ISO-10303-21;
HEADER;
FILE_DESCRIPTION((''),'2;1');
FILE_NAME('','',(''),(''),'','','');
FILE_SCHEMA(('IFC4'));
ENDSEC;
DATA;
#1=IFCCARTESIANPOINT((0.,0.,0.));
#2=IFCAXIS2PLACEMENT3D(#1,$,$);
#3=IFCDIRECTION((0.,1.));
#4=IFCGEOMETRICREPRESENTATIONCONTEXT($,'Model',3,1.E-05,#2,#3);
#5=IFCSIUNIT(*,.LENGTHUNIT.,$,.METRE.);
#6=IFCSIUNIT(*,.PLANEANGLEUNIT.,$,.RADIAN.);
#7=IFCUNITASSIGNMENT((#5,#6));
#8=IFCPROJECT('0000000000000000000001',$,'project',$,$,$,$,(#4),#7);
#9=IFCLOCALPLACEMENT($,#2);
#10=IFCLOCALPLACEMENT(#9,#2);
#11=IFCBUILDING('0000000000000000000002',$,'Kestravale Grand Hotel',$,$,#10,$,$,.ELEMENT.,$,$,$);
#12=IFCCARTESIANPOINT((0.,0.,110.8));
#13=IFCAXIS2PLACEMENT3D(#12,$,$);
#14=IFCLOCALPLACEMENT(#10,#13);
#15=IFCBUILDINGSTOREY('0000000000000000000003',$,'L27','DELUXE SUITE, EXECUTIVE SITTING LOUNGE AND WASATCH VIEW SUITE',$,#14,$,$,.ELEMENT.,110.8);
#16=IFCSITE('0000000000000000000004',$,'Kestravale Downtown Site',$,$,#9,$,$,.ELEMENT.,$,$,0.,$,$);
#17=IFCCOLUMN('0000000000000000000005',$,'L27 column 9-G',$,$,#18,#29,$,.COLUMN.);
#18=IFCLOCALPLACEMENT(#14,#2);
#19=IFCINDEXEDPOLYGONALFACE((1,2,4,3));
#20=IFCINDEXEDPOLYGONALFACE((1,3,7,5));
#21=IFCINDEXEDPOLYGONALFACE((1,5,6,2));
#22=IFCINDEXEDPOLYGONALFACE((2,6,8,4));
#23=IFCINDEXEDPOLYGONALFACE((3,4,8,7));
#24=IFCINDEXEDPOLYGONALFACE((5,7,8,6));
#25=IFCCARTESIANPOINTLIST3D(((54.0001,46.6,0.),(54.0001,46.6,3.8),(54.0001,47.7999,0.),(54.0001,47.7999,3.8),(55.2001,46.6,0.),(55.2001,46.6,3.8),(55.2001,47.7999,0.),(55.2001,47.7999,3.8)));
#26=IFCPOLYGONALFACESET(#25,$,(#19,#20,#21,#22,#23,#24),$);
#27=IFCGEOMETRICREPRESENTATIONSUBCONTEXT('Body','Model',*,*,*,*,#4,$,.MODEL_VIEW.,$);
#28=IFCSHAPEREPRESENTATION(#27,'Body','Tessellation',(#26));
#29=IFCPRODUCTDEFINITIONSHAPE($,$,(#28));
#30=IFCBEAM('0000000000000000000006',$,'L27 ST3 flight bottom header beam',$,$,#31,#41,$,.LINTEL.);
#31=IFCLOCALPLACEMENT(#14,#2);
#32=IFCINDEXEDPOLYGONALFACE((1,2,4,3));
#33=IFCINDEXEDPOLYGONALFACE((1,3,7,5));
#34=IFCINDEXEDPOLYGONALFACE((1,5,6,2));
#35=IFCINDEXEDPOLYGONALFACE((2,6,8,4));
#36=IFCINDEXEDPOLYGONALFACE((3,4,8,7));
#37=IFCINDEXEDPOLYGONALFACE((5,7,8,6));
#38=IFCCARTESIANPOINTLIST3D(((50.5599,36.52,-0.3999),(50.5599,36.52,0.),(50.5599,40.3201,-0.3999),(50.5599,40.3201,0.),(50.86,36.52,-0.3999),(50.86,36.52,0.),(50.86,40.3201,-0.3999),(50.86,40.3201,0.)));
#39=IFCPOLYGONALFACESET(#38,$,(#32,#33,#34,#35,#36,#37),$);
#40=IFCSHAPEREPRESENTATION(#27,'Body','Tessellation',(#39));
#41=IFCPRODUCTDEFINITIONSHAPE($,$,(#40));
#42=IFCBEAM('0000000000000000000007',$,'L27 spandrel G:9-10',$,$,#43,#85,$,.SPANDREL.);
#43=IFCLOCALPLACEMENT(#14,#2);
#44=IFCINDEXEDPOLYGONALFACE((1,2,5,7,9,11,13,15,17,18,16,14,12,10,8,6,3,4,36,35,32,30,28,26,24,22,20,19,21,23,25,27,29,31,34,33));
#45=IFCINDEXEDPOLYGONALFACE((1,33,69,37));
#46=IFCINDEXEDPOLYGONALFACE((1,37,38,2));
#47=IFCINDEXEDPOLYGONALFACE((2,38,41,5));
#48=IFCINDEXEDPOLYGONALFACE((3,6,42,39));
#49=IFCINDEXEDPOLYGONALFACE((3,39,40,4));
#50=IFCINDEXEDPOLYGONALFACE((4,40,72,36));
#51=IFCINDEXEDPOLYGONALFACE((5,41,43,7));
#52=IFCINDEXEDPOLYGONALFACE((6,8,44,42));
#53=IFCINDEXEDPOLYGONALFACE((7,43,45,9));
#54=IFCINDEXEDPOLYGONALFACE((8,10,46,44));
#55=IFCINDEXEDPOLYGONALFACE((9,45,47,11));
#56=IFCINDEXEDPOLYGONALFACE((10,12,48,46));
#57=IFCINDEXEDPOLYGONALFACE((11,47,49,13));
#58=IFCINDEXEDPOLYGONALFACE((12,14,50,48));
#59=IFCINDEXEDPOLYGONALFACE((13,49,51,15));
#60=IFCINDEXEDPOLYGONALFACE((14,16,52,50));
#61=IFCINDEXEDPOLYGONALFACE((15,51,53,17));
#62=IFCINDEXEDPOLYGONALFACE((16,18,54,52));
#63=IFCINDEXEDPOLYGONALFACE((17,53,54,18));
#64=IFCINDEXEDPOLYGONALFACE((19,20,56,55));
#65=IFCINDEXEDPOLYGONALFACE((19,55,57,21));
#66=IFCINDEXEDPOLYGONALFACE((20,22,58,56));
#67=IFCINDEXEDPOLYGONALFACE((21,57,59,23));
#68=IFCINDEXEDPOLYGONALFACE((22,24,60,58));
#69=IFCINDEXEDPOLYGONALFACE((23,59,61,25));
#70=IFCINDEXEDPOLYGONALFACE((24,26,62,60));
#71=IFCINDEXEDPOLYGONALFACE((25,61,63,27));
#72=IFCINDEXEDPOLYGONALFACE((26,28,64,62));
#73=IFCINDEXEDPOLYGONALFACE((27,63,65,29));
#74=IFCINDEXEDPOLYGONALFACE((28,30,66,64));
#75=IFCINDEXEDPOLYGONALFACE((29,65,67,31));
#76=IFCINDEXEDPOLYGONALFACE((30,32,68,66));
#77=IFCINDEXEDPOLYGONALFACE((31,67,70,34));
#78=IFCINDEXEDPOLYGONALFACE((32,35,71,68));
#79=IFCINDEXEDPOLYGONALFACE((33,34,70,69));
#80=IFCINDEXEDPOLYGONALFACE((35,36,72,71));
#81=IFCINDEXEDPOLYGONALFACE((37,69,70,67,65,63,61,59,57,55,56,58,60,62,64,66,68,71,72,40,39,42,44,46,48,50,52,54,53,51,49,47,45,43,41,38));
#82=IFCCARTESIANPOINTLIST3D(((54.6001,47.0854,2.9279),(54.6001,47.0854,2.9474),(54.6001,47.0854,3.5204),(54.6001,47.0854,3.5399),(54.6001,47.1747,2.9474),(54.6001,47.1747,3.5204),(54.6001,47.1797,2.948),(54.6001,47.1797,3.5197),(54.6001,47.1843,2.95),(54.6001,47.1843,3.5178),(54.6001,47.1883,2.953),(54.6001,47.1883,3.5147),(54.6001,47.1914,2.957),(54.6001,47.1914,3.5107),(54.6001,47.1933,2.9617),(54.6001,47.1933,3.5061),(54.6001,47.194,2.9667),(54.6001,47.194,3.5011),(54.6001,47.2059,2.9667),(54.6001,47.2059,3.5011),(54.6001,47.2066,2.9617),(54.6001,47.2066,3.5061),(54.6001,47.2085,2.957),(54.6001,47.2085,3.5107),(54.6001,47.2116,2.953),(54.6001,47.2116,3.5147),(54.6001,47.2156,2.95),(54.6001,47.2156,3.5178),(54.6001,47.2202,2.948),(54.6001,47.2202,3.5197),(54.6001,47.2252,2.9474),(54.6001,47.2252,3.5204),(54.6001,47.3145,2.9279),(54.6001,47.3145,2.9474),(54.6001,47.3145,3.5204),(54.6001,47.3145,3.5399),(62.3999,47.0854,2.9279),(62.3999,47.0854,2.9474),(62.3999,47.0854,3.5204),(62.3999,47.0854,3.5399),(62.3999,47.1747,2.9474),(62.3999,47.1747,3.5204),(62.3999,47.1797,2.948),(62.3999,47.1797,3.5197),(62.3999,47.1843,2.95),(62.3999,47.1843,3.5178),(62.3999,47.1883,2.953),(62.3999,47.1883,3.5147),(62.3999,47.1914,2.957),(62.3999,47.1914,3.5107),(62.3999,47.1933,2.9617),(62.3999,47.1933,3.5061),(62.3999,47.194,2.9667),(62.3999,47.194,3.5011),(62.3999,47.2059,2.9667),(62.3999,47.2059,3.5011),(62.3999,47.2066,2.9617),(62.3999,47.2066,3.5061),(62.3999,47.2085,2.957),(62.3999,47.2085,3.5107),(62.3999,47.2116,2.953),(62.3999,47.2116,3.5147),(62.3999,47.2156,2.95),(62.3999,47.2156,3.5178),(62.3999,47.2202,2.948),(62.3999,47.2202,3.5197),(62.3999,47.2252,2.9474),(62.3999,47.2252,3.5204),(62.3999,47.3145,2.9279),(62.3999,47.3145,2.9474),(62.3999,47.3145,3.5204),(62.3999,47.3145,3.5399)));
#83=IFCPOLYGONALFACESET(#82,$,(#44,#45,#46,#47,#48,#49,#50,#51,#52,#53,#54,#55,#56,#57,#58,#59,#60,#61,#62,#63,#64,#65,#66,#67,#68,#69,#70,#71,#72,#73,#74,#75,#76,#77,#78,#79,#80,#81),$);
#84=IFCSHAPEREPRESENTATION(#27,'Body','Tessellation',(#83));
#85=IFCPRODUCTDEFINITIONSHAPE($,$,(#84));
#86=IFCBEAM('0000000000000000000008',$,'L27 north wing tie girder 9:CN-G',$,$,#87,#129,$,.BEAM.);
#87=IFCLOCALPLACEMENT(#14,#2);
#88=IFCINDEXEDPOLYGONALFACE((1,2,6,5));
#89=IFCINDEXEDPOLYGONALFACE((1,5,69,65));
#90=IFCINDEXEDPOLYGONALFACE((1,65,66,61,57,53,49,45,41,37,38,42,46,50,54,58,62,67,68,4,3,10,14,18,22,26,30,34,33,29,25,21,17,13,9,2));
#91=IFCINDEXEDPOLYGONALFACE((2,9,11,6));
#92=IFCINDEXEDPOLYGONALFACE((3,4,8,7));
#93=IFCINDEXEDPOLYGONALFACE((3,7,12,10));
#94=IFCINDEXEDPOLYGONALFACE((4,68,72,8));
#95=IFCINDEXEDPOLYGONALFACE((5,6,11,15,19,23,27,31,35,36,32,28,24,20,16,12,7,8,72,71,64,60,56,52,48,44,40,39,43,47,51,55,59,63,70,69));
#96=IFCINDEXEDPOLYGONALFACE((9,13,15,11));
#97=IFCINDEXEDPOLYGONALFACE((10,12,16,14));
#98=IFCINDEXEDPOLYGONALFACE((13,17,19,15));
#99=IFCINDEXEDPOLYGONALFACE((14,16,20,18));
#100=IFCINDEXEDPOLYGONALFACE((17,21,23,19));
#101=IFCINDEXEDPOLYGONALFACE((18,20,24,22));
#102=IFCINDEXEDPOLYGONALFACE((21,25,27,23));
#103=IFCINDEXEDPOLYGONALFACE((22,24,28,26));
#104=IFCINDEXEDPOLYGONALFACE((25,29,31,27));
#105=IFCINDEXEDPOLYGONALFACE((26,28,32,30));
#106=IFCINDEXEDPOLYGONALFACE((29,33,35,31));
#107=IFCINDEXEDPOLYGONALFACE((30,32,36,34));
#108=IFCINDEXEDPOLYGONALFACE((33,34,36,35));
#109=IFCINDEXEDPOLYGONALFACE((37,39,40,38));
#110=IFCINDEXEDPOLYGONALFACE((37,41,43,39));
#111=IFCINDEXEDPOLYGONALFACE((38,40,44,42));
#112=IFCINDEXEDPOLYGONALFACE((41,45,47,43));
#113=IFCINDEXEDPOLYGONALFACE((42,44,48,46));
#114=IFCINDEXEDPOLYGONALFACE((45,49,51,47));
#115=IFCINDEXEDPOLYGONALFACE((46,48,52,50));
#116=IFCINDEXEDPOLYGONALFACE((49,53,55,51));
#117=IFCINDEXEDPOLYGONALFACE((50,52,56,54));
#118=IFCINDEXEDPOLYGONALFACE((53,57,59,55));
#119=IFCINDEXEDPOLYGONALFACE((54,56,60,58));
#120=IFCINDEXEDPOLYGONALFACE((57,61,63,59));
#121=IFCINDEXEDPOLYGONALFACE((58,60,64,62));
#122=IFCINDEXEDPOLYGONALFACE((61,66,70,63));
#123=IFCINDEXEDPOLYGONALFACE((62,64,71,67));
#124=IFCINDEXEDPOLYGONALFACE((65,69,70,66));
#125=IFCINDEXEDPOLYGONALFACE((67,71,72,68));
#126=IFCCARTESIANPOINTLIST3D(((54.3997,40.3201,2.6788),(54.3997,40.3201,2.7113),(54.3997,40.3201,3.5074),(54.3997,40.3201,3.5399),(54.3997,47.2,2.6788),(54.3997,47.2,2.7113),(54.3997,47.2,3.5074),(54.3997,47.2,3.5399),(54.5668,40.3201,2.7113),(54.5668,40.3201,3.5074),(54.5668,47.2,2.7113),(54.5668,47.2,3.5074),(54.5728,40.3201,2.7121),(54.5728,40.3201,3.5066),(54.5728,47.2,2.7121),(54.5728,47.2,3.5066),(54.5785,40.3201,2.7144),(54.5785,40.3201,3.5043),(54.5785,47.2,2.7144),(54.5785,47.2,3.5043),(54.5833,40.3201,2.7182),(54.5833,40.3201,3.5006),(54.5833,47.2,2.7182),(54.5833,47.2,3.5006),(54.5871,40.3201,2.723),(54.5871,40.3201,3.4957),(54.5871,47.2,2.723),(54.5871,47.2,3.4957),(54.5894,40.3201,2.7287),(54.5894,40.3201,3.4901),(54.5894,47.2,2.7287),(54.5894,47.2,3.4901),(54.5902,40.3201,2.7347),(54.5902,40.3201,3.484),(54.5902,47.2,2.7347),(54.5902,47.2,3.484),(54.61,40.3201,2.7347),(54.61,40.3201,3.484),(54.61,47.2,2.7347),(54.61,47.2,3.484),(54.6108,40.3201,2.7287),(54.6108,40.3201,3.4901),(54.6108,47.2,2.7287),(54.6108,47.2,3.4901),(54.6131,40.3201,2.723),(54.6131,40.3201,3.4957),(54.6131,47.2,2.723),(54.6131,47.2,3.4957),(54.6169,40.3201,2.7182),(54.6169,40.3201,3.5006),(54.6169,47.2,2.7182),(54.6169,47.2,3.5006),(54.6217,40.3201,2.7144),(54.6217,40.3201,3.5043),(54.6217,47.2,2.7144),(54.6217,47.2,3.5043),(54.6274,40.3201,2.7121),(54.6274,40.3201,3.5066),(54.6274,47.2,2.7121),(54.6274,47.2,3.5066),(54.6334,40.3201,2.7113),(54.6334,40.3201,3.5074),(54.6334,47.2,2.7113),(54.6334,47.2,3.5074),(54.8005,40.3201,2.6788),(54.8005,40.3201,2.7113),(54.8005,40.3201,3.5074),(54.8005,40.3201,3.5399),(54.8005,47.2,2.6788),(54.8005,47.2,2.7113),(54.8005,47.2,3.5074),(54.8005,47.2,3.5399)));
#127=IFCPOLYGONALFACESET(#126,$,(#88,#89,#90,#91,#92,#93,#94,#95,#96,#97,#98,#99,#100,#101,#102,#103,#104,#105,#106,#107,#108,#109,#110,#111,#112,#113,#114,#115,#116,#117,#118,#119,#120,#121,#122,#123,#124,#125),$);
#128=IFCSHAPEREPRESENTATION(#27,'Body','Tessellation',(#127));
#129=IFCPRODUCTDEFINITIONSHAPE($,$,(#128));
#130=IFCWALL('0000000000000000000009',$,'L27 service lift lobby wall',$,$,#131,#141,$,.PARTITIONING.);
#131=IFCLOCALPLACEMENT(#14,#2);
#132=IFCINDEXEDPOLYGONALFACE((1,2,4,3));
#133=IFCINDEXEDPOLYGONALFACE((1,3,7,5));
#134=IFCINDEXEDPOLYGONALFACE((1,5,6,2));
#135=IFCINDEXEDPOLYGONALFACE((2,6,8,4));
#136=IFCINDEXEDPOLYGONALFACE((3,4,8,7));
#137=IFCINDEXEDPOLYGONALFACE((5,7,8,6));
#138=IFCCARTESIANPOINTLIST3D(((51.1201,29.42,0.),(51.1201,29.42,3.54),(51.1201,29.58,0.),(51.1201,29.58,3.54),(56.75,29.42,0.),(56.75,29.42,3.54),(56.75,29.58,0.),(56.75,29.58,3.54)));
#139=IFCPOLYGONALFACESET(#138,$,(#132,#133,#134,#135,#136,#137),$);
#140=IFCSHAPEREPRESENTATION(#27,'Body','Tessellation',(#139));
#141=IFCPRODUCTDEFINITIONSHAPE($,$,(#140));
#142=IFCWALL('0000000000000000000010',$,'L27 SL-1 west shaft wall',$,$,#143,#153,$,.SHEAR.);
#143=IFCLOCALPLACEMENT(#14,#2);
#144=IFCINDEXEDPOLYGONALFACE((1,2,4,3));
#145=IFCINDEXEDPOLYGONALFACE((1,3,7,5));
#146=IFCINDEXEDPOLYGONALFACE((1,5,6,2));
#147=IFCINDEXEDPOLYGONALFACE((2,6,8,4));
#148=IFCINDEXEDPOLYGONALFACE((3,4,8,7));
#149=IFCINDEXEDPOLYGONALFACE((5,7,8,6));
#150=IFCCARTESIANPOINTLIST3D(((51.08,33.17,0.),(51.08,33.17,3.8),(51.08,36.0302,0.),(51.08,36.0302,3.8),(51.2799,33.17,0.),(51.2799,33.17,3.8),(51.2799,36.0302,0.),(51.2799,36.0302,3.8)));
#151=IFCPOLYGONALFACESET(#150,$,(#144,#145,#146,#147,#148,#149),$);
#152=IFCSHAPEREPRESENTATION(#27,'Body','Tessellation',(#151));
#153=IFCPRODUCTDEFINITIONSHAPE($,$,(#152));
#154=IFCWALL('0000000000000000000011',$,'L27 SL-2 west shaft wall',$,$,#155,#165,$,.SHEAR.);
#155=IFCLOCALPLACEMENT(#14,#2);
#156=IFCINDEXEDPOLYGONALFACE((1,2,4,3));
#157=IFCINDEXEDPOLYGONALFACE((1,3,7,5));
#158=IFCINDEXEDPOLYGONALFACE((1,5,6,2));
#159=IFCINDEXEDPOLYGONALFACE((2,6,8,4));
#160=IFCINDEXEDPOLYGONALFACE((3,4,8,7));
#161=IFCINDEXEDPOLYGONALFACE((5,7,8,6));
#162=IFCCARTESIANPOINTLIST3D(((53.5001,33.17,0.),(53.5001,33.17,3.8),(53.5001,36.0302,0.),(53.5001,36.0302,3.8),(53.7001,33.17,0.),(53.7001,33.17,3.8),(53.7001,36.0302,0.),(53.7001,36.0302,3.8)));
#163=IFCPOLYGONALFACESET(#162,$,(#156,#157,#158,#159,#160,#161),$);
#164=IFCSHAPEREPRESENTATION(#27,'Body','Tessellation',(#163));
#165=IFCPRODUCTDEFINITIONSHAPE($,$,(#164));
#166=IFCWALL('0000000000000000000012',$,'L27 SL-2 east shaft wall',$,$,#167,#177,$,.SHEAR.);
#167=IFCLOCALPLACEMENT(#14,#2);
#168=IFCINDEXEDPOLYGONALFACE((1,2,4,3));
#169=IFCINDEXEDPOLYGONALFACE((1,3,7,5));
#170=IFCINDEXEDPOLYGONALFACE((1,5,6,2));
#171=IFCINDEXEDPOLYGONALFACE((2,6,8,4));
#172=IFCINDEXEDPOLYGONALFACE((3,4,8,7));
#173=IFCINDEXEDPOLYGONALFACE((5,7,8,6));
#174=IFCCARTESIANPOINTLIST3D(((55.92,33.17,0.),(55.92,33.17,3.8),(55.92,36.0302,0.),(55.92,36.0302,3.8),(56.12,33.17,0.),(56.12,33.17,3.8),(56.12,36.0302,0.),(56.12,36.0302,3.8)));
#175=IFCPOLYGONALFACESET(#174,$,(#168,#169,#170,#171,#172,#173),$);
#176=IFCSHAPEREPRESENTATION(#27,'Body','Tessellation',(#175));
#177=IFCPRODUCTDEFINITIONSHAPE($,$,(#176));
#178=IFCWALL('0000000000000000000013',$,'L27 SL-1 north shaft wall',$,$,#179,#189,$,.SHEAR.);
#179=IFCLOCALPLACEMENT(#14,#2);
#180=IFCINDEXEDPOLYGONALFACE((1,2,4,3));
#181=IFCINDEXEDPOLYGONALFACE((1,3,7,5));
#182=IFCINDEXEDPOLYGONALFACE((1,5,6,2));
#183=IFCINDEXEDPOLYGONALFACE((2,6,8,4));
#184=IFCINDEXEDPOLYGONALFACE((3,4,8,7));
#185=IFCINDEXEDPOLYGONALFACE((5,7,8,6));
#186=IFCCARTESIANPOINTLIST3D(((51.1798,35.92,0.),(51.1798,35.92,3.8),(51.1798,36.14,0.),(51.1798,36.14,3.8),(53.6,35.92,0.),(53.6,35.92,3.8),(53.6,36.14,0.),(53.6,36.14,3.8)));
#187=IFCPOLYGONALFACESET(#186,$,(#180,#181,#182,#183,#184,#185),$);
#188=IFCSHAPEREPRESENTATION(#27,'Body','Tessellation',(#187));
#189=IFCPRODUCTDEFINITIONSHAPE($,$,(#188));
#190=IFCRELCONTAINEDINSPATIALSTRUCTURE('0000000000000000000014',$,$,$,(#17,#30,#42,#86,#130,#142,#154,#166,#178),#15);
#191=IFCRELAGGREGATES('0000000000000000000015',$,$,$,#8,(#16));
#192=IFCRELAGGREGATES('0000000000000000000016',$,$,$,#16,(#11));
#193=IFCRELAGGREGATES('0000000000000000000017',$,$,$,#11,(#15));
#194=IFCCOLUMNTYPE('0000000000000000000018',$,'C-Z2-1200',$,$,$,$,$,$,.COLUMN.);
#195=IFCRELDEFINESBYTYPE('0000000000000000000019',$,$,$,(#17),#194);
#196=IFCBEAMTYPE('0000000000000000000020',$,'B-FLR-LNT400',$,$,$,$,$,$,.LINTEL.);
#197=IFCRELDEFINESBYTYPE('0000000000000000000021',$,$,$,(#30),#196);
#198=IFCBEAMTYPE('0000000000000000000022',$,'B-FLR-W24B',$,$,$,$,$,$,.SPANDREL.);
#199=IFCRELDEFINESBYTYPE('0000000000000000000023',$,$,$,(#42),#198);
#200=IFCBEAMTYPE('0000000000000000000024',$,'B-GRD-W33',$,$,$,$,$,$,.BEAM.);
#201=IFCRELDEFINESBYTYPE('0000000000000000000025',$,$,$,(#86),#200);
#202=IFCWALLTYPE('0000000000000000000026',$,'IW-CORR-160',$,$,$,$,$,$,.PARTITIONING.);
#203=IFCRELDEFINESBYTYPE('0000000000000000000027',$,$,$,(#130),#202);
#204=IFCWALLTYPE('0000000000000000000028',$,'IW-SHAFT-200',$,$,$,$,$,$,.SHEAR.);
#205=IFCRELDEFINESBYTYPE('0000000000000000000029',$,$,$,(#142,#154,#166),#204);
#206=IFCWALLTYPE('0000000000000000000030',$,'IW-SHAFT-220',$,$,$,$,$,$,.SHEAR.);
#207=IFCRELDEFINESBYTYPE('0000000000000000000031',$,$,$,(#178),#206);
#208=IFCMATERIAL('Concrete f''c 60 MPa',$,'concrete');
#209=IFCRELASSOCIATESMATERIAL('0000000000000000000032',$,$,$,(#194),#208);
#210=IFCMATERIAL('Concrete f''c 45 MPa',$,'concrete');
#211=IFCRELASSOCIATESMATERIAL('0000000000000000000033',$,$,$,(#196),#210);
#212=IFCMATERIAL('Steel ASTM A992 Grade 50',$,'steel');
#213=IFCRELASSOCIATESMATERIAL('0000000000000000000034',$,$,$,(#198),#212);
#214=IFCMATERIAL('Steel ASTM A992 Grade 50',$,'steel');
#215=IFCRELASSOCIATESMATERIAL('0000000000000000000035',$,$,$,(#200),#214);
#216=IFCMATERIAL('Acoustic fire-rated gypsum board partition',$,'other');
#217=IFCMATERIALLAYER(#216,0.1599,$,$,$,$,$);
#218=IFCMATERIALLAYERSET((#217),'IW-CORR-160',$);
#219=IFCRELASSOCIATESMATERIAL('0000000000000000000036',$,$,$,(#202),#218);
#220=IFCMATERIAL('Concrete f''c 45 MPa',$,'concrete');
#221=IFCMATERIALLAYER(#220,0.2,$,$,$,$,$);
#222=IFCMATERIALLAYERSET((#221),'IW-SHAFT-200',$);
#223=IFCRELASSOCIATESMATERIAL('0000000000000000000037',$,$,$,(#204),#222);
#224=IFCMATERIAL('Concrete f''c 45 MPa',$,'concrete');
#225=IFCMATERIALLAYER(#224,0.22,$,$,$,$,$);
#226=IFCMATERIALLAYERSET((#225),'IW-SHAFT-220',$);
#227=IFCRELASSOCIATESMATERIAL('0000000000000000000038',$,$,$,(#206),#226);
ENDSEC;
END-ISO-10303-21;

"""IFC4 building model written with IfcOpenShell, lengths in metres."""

from ifc_helpers import new_model, si_unit, direction, frame, frame_2d, origin, origin_2d, place, context, subcontext, project, spatial, rectangle, i_section, extrude, material, layer, layer_set, material_profile, profile_set, type_object, element, save


model = new_model("IFC4")

# Units and contexts
model_context = context("Model", 3, precision=1e-05, world=origin(), true_north=direction((0.0, 1.0)))
body_context = subcontext(model_context, "Body", "Model", "MODEL_VIEW")
ifc_project = project(units=[si_unit("LENGTHUNIT", "METRE"), si_unit("PLANEANGLEUNIT", "RADIAN")], contexts=[model_context])

# Site, building, storey
site_placement = place(None, origin())
site = spatial("IfcSite", under=ifc_project, at=site_placement, Name="Kestravale Downtown Site", CompositionType="ELEMENT", RefElevation=0.0)
building_placement = place(site_placement, origin())
building = spatial("IfcBuilding", under=site, at=building_placement, Name="Kestravale Grand Hotel", CompositionType="ELEMENT")
storey_placement = place(building_placement, frame((0.0, 0.0, 110.8)))
storey = spatial("IfcBuildingStorey", under=building, at=storey_placement, Name="L27", Description="DELUXE SUITE, EXECUTIVE SITTING LOUNGE AND WASATCH VIEW SUITE", CompositionType="ELEMENT", Elevation=110.8)

# Column
ifc_material_1 = material(Name="Concrete f'c 60 MPa", Category="concrete")
ifc_material_profile_1 = material_profile(ifc_material_1, rectangle(XDim=1.2, YDim=1.2, at=origin_2d()))
ifc_profile_set_1 = profile_set([ifc_material_profile_1], Name="Concrete f'c 60 MPa")
column_type = type_object("IfcColumnType", Name="C-Z2-1200", PredefinedType="COLUMN", material=ifc_profile_set_1)
column_placement = place(storey_placement, frame((54.6001, 47.2, 0.0), z_axis=(0.0, 0.0, 1.0), x_axis=(1.0, 0.0, 0.0)))
element("IfcColumn", 1, at=column_placement, inside=storey, type_object=column_type, Name="L27 column 9-G", PredefinedType="COLUMN", context=body_context, shape_type="SweptSolid", body=[
    extrude(rectangle(XDim=1.2, YDim=1.2, at=origin_2d()), origin(), (0.0, 0.0, 1.0), 3.8),
])

# Beams
ifc_material_2 = material(Name="Concrete f'c 45 MPa", Category="concrete")
ifc_material_profile_2 = material_profile(ifc_material_2, rectangle(XDim=0.3, YDim=0.3999, at=origin_2d()))
ifc_profile_set_2 = profile_set([ifc_material_profile_2], Name="Concrete f'c 45 MPa")
beam_type_1 = type_object("IfcBeamType", Name="B-FLR-LNT400", PredefinedType="LINTEL", material=ifc_profile_set_2)
beam_1_placement = place(storey_placement, frame((50.71, 36.52, -0.2), z_axis=(0.0, 1.0, 0.0), x_axis=(-1.0, 0.0, 0.0)))
element("IfcBeam", 2, at=beam_1_placement, inside=storey, type_object=beam_type_1, Name="L27 ST3 flight bottom header beam", PredefinedType="LINTEL", context=body_context, shape_type="SweptSolid", body=[
    extrude(rectangle(XDim=0.3, YDim=0.3999, at=origin_2d()), origin(), (0.0, 0.0, 1.0), 3.8),
])
ifc_material_3 = material(Name="Steel ASTM A992 Grade 50", Category="steel")
ifc_material_profile_3 = material_profile(ifc_material_3, i_section(OverallWidth=0.229, OverallDepth=0.6121, WebThickness=0.012, FlangeThickness=0.0195, FilletRadius=0.0193, at=origin_2d()))
ifc_profile_set_3 = profile_set([ifc_material_profile_3], Name="Steel ASTM A992 Grade 50")
beam_type_2 = type_object("IfcBeamType", Name="B-FLR-W24B", PredefinedType="SPANDREL", material=ifc_profile_set_3)
beam_2_placement = place(storey_placement, frame((54.6001, 47.2, 3.2339), z_axis=(1.0, 0.0, 0.0), x_axis=(0.0, 1.0, 0.0)))
element("IfcBeam", 3, at=beam_2_placement, inside=storey, type_object=beam_type_2, Name="L27 spandrel G:9-10", PredefinedType="SPANDREL", context=body_context, shape_type="SweptSolid", body=[
    extrude(i_section(OverallWidth=0.229, OverallDepth=0.6121, WebThickness=0.012, FlangeThickness=0.0195, FilletRadius=0.0193, at=origin_2d()), origin(), (0.0, 0.0, 1.0), 7.7998),
])
ifc_material_4 = material(Name="Steel ASTM A992 Grade 50", Category="steel")
ifc_material_profile_4 = material_profile(ifc_material_4, i_section(OverallWidth=0.4009, OverallDepth=0.8611, WebThickness=0.0198, FlangeThickness=0.0325, FilletRadius=0.0234, at=origin_2d()))
ifc_profile_set_4 = profile_set([ifc_material_profile_4], Name="Steel ASTM A992 Grade 50")
beam_type_3 = type_object("IfcBeamType", Name="B-GRD-W33", PredefinedType="BEAM", material=ifc_profile_set_4)
beam_3_placement = place(storey_placement, frame((54.6001, 40.3201, 3.1094), z_axis=(0.0, 1.0, 0.0), x_axis=(-1.0, 0.0, 0.0)))
element("IfcBeam", 4, at=beam_3_placement, inside=storey, type_object=beam_type_3, Name="L27 north wing tie girder 9:CN-G", PredefinedType="BEAM", context=body_context, shape_type="SweptSolid", body=[
    extrude(i_section(OverallWidth=0.4009, OverallDepth=0.8611, WebThickness=0.0198, FlangeThickness=0.0325, FilletRadius=0.0234, at=origin_2d()), origin(), (0.0, 0.0, 1.0), 6.8799),
])

# Shared definitions
ifc_material_5 = material(Name="Acoustic fire-rated gypsum board partition", Category="other")
ifc_layer_1 = layer(ifc_material_5, 0.1599)
ifc_layer_set_1 = layer_set([ifc_layer_1], Name="IW-CORR-160")
wall_type_1 = type_object("IfcWallType", Name="IW-CORR-160", PredefinedType="PARTITIONING", material=ifc_layer_set_1)

# Walls
wall_1_placement = place(storey_placement, frame((51.1201, 29.5, 0.0), z_axis=(0.0, 0.0, 1.0), x_axis=(1.0, 0.0, 0.0)))
element("IfcWall", 5, at=wall_1_placement, inside=storey, type_object=wall_type_1, Name="L27 service lift lobby wall", PredefinedType="PARTITIONING", context=body_context, shape_type="SweptSolid", body=[
    extrude(rectangle(XDim=5.6299, YDim=0.1599, at=frame_2d((2.8149, 0.0))), origin(), (0.0, 0.0, 1.0), 3.54),
])
ifc_material_6 = material(Name="Concrete f'c 45 MPa", Category="concrete")
ifc_layer_2 = layer(ifc_material_6, 0.2)
ifc_layer_set_2 = layer_set([ifc_layer_2], Name="IW-SHAFT-200")
wall_type_2 = type_object("IfcWallType", Name="IW-SHAFT-200", PredefinedType="SHEAR", material=ifc_layer_set_2)
for number, where, z_axis, x_axis, name in (
    (6, (51.1799, 33.1699, 0.0), (0.0, 0.0, 1.0), (0.0, 1.0, 0.0), "L27 SL-1 west shaft wall"),
    (7, (53.6001, 33.1699, 0.0), (0.0, 0.0, 1.0), (0.0, 1.0, 0.0), "L27 SL-2 west shaft wall"),
    (8, (56.02, 33.1699, 0.0), (0.0, 0.0, 1.0), (0.0, 1.0, 0.0), "L27 SL-2 east shaft wall"),
):
    element("IfcWall", number, at=place(storey_placement, frame(where, z_axis=z_axis, x_axis=x_axis)), inside=storey, type_object=wall_type_2, Name=name, PredefinedType="SHEAR", context=body_context, shape_type="SweptSolid", body=[
        extrude(rectangle(XDim=2.8601, YDim=0.2, at=frame_2d((1.4302, 0.0))), origin(), (0.0, 0.0, 1.0), 3.8),
    ])
ifc_material_7 = material(Name="Concrete f'c 45 MPa", Category="concrete")
ifc_layer_3 = layer(ifc_material_7, 0.22)
ifc_layer_set_3 = layer_set([ifc_layer_3], Name="IW-SHAFT-220")
wall_type_3 = type_object("IfcWallType", Name="IW-SHAFT-220", PredefinedType="SHEAR", material=ifc_layer_set_3)
wall_2_placement = place(storey_placement, frame((51.1799, 36.03, 0.0), z_axis=(0.0, 0.0, 1.0), x_axis=(1.0, 0.0, 0.0)))
element("IfcWall", 9, at=wall_2_placement, inside=storey, type_object=wall_type_3, Name="L27 SL-1 north shaft wall", PredefinedType="SHEAR", context=body_context, shape_type="SweptSolid", body=[
    extrude(rectangle(XDim=2.4202, YDim=0.22, at=frame_2d((1.21, 0.0))), origin(), (0.0, 0.0, 1.0), 3.8),
])

save(model, "model.ifc")
